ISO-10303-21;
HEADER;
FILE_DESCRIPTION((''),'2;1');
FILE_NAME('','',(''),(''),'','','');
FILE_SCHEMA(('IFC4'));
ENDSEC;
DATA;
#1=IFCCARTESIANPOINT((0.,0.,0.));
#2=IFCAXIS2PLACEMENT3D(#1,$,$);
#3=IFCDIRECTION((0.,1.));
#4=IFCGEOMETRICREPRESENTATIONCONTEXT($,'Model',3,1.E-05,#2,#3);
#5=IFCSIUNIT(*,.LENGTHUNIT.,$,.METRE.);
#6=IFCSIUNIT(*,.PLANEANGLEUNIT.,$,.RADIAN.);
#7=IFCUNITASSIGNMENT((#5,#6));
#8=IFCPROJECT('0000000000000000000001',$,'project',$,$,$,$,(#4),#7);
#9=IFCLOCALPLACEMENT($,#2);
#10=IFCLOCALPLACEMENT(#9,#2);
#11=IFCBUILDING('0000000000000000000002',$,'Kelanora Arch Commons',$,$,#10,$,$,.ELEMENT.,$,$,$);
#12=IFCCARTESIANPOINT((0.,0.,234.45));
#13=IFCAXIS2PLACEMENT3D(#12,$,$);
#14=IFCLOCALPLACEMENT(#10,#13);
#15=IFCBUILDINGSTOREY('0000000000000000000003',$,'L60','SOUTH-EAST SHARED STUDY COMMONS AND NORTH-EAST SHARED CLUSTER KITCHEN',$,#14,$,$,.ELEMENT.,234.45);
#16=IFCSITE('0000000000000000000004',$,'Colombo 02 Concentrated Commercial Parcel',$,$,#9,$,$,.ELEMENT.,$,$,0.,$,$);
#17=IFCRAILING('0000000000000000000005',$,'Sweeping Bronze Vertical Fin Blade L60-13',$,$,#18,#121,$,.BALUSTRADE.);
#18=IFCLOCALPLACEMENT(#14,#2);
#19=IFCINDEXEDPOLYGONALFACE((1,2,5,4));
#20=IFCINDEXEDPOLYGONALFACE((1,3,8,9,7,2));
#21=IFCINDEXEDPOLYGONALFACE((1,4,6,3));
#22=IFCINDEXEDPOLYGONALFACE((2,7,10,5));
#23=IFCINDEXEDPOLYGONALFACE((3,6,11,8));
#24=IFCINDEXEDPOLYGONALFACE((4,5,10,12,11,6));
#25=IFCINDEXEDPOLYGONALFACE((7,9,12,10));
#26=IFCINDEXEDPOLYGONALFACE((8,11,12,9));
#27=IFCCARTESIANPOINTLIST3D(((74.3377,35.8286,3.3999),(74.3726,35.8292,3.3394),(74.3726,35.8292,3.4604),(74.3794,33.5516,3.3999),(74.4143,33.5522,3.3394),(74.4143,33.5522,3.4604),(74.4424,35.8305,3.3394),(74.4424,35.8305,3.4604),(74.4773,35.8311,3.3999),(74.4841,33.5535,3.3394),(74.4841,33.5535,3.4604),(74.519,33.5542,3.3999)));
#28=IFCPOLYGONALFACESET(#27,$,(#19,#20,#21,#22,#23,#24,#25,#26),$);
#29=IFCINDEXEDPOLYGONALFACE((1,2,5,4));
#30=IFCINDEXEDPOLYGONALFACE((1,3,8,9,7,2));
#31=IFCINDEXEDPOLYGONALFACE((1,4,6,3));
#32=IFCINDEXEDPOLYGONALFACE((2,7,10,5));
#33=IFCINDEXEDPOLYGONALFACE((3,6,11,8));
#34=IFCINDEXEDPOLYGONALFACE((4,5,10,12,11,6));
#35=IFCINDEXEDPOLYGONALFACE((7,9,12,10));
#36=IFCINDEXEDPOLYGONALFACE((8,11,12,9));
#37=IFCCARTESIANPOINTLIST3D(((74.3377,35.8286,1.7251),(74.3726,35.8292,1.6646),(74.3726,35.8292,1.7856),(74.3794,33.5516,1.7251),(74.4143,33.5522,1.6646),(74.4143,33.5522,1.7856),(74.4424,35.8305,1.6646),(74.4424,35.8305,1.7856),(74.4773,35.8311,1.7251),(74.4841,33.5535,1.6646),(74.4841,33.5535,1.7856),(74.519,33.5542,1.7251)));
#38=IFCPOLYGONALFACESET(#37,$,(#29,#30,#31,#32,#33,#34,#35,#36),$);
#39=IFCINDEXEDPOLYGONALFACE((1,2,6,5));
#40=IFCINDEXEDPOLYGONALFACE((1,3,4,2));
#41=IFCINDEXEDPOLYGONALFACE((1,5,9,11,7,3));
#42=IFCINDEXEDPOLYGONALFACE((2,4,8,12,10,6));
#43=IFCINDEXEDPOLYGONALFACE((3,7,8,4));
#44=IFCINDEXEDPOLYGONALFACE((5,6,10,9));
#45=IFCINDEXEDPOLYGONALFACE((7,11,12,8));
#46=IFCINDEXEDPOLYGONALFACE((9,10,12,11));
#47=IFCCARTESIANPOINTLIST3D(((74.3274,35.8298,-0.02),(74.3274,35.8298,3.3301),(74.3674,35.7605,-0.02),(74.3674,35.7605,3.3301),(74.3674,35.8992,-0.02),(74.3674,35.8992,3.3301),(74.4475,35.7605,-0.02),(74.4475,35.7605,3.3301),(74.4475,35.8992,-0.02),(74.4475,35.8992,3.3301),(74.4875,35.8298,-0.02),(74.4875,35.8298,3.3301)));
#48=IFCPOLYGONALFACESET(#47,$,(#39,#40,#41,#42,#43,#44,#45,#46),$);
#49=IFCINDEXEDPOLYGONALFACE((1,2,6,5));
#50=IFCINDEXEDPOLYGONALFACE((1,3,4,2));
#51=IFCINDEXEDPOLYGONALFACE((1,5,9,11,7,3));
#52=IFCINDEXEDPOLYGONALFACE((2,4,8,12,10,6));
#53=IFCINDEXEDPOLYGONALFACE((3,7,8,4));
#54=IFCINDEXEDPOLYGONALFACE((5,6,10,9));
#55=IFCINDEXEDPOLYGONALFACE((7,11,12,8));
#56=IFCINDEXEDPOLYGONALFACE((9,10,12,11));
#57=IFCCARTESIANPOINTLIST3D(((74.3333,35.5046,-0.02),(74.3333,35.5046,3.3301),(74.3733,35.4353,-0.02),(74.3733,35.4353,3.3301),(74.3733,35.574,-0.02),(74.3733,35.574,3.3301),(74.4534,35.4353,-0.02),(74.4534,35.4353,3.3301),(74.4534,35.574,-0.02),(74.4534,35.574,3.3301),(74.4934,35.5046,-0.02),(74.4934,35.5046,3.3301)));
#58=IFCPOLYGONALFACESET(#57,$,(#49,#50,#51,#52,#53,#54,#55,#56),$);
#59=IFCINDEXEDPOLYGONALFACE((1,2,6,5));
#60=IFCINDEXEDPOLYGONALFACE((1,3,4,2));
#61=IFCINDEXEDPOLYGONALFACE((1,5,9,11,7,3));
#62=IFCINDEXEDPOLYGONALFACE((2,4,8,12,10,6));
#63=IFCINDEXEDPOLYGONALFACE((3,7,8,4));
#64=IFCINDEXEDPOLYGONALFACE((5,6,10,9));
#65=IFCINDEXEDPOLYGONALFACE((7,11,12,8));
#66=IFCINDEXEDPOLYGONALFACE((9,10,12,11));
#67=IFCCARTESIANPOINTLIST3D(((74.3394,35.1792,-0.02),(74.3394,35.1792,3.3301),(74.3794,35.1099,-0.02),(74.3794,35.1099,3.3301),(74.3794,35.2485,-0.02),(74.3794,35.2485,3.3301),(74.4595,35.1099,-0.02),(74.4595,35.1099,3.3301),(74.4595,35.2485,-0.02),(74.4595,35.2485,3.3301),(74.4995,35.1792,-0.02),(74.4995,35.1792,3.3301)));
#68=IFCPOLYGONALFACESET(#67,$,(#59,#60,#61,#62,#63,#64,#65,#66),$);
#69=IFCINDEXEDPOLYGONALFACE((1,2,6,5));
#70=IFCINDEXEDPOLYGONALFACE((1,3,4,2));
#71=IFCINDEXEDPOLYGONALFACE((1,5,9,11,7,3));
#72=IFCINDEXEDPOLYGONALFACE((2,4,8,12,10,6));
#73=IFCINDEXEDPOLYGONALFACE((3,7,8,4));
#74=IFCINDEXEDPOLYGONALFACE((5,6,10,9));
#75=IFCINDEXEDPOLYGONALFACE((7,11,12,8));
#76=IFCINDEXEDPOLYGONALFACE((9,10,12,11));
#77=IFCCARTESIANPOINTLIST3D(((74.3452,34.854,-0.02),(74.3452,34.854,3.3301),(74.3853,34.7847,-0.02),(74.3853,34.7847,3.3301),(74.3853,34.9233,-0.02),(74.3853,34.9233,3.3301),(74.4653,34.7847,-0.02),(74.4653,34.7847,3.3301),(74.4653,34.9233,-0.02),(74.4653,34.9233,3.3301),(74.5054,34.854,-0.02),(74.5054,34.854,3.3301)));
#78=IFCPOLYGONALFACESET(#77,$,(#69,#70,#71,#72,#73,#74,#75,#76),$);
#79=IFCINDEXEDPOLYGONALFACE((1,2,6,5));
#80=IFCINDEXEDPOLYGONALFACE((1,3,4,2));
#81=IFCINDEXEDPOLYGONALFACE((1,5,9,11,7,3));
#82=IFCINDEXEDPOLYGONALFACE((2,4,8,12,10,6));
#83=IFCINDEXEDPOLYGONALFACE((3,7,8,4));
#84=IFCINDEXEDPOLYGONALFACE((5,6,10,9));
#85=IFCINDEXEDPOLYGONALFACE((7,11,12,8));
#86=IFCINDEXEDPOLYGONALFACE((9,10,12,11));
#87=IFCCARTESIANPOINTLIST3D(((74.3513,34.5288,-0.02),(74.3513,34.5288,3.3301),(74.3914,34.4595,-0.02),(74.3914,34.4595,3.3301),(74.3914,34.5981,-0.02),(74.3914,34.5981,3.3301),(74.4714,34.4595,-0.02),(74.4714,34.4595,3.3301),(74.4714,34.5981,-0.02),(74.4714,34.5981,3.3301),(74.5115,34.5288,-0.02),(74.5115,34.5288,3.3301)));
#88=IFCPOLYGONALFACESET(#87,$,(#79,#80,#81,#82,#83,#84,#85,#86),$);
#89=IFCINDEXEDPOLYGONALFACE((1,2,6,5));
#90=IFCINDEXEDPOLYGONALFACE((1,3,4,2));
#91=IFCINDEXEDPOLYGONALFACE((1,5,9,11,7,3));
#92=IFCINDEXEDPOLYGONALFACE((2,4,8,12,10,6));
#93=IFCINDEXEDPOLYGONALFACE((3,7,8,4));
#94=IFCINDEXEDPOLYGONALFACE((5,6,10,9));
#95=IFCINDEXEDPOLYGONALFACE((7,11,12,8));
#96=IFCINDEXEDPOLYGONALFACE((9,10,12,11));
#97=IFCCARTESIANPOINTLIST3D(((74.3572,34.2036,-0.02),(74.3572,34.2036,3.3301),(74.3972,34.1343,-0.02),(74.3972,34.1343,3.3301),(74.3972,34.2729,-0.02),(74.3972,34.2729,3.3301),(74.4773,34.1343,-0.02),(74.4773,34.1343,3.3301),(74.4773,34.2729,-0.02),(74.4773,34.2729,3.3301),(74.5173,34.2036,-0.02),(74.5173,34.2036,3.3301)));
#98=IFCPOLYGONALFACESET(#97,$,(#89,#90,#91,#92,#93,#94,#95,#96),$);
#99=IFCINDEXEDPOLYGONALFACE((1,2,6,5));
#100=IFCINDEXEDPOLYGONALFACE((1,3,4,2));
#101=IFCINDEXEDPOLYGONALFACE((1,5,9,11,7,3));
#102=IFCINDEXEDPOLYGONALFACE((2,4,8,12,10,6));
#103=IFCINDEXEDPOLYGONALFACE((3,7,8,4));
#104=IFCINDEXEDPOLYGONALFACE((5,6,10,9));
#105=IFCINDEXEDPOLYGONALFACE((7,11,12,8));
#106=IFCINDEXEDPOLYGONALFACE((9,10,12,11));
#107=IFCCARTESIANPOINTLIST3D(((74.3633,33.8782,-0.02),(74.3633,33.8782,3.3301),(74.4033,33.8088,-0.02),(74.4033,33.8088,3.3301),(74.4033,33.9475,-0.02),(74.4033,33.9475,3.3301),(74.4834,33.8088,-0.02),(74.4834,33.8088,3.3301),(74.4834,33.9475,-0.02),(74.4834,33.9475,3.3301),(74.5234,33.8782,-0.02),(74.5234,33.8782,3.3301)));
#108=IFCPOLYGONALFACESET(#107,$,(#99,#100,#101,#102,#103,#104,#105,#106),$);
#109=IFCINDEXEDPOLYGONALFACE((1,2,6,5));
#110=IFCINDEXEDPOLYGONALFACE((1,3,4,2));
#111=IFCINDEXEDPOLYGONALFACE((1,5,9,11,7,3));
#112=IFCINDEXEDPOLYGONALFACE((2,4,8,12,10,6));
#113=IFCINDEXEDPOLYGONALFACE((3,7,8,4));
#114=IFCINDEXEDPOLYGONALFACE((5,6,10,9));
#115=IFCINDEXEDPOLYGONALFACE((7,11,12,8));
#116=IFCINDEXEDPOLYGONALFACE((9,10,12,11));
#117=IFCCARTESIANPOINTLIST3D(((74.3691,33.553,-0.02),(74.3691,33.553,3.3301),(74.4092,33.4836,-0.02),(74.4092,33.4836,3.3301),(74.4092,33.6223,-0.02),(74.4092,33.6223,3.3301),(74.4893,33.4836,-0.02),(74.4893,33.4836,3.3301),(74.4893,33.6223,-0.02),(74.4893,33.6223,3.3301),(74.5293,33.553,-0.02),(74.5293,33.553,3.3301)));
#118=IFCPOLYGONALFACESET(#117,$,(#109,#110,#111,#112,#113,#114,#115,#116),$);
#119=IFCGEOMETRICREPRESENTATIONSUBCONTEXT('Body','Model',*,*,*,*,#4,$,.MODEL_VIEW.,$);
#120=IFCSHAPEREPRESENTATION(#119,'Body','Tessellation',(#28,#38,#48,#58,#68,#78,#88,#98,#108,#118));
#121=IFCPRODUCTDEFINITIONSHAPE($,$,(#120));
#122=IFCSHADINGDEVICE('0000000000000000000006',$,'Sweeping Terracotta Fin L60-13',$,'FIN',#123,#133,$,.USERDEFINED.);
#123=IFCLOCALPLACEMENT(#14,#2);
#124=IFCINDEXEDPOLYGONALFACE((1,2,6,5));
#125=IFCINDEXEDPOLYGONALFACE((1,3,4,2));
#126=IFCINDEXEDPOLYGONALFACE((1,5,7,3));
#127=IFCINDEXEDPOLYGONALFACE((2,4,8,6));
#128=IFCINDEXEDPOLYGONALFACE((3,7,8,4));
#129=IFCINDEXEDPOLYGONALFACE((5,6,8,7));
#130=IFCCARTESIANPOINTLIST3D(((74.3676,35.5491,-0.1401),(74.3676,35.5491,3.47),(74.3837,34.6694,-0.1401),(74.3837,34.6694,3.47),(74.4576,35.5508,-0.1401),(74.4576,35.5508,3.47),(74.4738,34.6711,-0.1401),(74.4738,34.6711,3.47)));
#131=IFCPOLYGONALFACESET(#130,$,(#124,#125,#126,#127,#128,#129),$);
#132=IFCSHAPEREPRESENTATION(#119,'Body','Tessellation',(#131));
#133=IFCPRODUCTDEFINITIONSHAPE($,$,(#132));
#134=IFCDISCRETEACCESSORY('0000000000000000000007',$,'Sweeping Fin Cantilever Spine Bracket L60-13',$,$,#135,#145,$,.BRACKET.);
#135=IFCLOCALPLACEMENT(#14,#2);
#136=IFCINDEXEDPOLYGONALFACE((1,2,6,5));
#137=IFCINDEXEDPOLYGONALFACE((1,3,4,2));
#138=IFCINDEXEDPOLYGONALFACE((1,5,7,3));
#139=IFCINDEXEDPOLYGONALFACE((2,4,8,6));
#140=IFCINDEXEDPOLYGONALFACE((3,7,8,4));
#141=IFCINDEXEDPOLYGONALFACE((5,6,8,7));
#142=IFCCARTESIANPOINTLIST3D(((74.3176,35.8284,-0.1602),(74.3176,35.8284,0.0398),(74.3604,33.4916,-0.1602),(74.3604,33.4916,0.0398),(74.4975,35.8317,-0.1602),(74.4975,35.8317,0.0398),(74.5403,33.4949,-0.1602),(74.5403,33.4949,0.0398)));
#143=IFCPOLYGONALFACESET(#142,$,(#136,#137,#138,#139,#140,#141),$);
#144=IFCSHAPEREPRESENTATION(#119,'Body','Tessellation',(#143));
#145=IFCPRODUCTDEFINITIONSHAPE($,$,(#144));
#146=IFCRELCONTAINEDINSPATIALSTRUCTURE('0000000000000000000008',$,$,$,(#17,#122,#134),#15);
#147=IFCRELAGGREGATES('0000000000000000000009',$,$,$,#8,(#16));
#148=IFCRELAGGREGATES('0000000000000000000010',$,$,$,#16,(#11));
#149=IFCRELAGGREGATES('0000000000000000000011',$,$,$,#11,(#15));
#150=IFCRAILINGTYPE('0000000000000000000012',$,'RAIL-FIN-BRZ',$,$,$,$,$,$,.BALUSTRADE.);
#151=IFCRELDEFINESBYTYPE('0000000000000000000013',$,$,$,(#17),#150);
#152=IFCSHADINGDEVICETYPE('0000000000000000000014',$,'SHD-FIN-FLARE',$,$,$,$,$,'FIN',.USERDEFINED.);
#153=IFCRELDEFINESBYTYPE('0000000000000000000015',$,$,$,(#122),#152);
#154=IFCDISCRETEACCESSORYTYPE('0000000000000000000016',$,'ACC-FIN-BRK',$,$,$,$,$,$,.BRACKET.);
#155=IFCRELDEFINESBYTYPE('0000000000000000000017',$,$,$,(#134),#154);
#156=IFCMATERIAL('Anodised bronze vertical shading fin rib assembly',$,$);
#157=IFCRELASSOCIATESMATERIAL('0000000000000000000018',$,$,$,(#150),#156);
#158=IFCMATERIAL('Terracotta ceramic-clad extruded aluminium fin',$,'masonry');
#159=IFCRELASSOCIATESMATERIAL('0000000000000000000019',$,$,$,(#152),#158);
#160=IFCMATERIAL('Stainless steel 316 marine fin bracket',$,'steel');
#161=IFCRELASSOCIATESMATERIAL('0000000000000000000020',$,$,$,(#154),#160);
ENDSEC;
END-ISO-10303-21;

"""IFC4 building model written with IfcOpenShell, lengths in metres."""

from ifc_helpers import new_model, si_unit, direction, frame, origin, origin_2d, place, context, subcontext, project, spatial, polyline, rectangle, outline, extrude, source, transform, mapped, material, type_object, element, save


model = new_model("IFC4")

# Units and contexts
model_context = context("Model", 3, precision=1e-05, world=origin(), true_north=direction((0.0, 1.0)))
body_context = subcontext(model_context, "Body", "Model", "MODEL_VIEW")
ifc_project = project(units=[si_unit("LENGTHUNIT", "METRE"), si_unit("PLANEANGLEUNIT", "RADIAN")], contexts=[model_context])

# Site, building, storey
site_placement = place(None, origin())
site = spatial("IfcSite", under=ifc_project, at=site_placement, Name="Colombo 02 Concentrated Commercial Parcel", CompositionType="ELEMENT", RefElevation=0.0)
building_placement = place(site_placement, origin())
building = spatial("IfcBuilding", under=site, at=building_placement, Name="Kelanora Arch Commons", CompositionType="ELEMENT")
storey_placement = place(building_placement, frame((0.0, 0.0, 234.45)))
storey = spatial("IfcBuildingStorey", under=building, at=storey_placement, Name="L60", Description="SOUTH-EAST SHARED STUDY COMMONS AND NORTH-EAST SHARED CLUSTER KITCHEN", CompositionType="ELEMENT", Elevation=234.45)

# Railing
ifc_material_1 = material(Name="Anodised bronze vertical shading fin rib assembly")
railing_type = type_object("IfcRailingType", Name="RAIL-FIN-BRZ", PredefinedType="BALUSTRADE", material=ifc_material_1)
railing_placement = place(storey_placement, frame((74.4075, 35.8298, -0.02)))
element("IfcRailing", 1, at=railing_placement, inside=storey, type_object=railing_type, Name="Sweeping Bronze Vertical Fin Blade L60-13", PredefinedType="BALUSTRADE", context=body_context, shape_type="SweptSolid", body=[
    extrude(outline(polyline([(0.0698, 0.0), (0.0349, 0.0605), (-0.0349, 0.0605), (-0.0698, 0.0), (-0.0349, -0.0605), (0.0349, -0.0605), (0.0698, 0.0)])), frame((0.0, 0.0, 3.4199), z_axis=(0.018333, -0.999832, 0.0), x_axis=(0.999832, 0.018333, 0.0)), (0.0, 0.0, 1.0), 2.2773),
    extrude(outline(polyline([(0.0698, 0.0), (0.0349, 0.0605), (-0.0349, 0.0605), (-0.0698, 0.0), (-0.0349, -0.0605), (0.0349, -0.0605), (0.0698, 0.0)])), frame((0.0, 0.0, 1.7451), z_axis=(0.018333, -0.999832, 0.0), x_axis=(0.999832, 0.018333, 0.0)), (0.0, 0.0, 1.0), 2.2773),
    extrude(outline(polyline([(0.0801, 0.0), (0.04, 0.0693), (-0.04, 0.0693), (-0.0801, 0.0), (-0.04, -0.0693), (0.04, -0.0693), (0.0801, 0.0)])), origin(), (0.0, 0.0, 1.0), 3.3501),
    extrude(outline(polyline([(0.0801, 0.0), (0.04, 0.0693), (-0.04, 0.0693), (-0.0801, 0.0), (-0.04, -0.0693), (0.04, -0.0693), (0.0801, 0.0)])), frame((0.0059, -0.3252, 0.0)), (0.0, 0.0, 1.0), 3.3501),
    extrude(outline(polyline([(0.0801, 0.0), (0.04, 0.0693), (-0.04, 0.0693), (-0.0801, 0.0), (-0.04, -0.0693), (0.04, -0.0693), (0.0801, 0.0)])), frame((0.012, -0.6506, 0.0)), (0.0, 0.0, 1.0), 3.3501),
    extrude(outline(polyline([(0.0801, 0.0), (0.04, 0.0693), (-0.04, 0.0693), (-0.0801, 0.0), (-0.04, -0.0693), (0.04, -0.0693), (0.0801, 0.0)])), frame((0.0178, -0.9758, 0.0)), (0.0, 0.0, 1.0), 3.3501),
    extrude(outline(polyline([(0.0801, 0.0), (0.04, 0.0693), (-0.04, 0.0693), (-0.0801, 0.0), (-0.04, -0.0693), (0.04, -0.0693), (0.0801, 0.0)])), frame((0.0239, -1.301, 0.0)), (0.0, 0.0, 1.0), 3.3501),
    extrude(outline(polyline([(0.0801, 0.0), (0.04, 0.0693), (-0.04, 0.0693), (-0.0801, 0.0), (-0.04, -0.0693), (0.04, -0.0693), (0.0801, 0.0)])), frame((0.0298, -1.6262, 0.0)), (0.0, 0.0, 1.0), 3.3501),
    extrude(outline(polyline([(0.0801, 0.0), (0.04, 0.0693), (-0.04, 0.0693), (-0.0801, 0.0), (-0.04, -0.0693), (0.04, -0.0693), (0.0801, 0.0)])), frame((0.0359, -1.9517, 0.0)), (0.0, 0.0, 1.0), 3.3501),
    extrude(outline(polyline([(0.0801, 0.0), (0.04, 0.0693), (-0.04, 0.0693), (-0.0801, 0.0), (-0.04, -0.0693), (0.04, -0.0693), (0.0801, 0.0)])), frame((0.0417, -2.2769, 0.0)), (0.0, 0.0, 1.0), 3.3501),
])

# Shading device
ifc_material_2 = material(Name="Terracotta ceramic-clad extruded aluminium fin", Category="masonry")
shading_device_type = type_object("IfcShadingDeviceType", Name="SHD-FIN-FLARE", ElementType="FIN", PredefinedType="USERDEFINED", material=ifc_material_2)
shared_shape_1 = source(origin(), body_context, "Body", "SweptSolid", [
    extrude(rectangle(XDim=0.8799, YDim=0.0901, at=origin_2d()), origin(), (0.0, 0.0, 1.0), 3.6101),
])
shading_device_placement = place(storey_placement, frame((74.4207, 35.1101, -0.1401), z_axis=(0.0, 0.0, 1.0), x_axis=(0.018325, -0.999832, 0.0)))
element("IfcShadingDevice", 2, at=shading_device_placement, inside=storey, type_object=shading_device_type, Name="Sweeping Terracotta Fin L60-13", ObjectType="FIN", PredefinedType="USERDEFINED", context=body_context, shape_type="MappedRepresentation", body=[
    mapped(shared_shape_1, transform((0.0, 0.0, 0.0), scale=1.0)),
])

# Discrete accessory
ifc_material_3 = material(Name="Stainless steel 316 marine fin bracket", Category="steel")
discrete_accessory_type = type_object("IfcDiscreteAccessoryType", Name="ACC-FIN-BRK", PredefinedType="BRACKET", material=ifc_material_3)
shared_shape_2 = source(origin(), body_context, "Body", "SweptSolid", [
    extrude(rectangle(XDim=2.3372, YDim=0.1799, at=origin_2d()), origin(), (0.0, 0.0, 1.0), 0.2),
])
discrete_accessory_placement = place(storey_placement, frame((74.429, 34.6616, -0.1602), z_axis=(0.0, 0.0, 1.0), x_axis=(0.018325, -0.999832, 0.0)))
element("IfcDiscreteAccessory", 3, at=discrete_accessory_placement, inside=storey, type_object=discrete_accessory_type, Name="Sweeping Fin Cantilever Spine Bracket L60-13", PredefinedType="BRACKET", context=body_context, shape_type="MappedRepresentation", body=[
    mapped(shared_shape_2, transform((0.0, 0.0, 0.0), scale=1.0)),
])

save(model, "model.ifc")
